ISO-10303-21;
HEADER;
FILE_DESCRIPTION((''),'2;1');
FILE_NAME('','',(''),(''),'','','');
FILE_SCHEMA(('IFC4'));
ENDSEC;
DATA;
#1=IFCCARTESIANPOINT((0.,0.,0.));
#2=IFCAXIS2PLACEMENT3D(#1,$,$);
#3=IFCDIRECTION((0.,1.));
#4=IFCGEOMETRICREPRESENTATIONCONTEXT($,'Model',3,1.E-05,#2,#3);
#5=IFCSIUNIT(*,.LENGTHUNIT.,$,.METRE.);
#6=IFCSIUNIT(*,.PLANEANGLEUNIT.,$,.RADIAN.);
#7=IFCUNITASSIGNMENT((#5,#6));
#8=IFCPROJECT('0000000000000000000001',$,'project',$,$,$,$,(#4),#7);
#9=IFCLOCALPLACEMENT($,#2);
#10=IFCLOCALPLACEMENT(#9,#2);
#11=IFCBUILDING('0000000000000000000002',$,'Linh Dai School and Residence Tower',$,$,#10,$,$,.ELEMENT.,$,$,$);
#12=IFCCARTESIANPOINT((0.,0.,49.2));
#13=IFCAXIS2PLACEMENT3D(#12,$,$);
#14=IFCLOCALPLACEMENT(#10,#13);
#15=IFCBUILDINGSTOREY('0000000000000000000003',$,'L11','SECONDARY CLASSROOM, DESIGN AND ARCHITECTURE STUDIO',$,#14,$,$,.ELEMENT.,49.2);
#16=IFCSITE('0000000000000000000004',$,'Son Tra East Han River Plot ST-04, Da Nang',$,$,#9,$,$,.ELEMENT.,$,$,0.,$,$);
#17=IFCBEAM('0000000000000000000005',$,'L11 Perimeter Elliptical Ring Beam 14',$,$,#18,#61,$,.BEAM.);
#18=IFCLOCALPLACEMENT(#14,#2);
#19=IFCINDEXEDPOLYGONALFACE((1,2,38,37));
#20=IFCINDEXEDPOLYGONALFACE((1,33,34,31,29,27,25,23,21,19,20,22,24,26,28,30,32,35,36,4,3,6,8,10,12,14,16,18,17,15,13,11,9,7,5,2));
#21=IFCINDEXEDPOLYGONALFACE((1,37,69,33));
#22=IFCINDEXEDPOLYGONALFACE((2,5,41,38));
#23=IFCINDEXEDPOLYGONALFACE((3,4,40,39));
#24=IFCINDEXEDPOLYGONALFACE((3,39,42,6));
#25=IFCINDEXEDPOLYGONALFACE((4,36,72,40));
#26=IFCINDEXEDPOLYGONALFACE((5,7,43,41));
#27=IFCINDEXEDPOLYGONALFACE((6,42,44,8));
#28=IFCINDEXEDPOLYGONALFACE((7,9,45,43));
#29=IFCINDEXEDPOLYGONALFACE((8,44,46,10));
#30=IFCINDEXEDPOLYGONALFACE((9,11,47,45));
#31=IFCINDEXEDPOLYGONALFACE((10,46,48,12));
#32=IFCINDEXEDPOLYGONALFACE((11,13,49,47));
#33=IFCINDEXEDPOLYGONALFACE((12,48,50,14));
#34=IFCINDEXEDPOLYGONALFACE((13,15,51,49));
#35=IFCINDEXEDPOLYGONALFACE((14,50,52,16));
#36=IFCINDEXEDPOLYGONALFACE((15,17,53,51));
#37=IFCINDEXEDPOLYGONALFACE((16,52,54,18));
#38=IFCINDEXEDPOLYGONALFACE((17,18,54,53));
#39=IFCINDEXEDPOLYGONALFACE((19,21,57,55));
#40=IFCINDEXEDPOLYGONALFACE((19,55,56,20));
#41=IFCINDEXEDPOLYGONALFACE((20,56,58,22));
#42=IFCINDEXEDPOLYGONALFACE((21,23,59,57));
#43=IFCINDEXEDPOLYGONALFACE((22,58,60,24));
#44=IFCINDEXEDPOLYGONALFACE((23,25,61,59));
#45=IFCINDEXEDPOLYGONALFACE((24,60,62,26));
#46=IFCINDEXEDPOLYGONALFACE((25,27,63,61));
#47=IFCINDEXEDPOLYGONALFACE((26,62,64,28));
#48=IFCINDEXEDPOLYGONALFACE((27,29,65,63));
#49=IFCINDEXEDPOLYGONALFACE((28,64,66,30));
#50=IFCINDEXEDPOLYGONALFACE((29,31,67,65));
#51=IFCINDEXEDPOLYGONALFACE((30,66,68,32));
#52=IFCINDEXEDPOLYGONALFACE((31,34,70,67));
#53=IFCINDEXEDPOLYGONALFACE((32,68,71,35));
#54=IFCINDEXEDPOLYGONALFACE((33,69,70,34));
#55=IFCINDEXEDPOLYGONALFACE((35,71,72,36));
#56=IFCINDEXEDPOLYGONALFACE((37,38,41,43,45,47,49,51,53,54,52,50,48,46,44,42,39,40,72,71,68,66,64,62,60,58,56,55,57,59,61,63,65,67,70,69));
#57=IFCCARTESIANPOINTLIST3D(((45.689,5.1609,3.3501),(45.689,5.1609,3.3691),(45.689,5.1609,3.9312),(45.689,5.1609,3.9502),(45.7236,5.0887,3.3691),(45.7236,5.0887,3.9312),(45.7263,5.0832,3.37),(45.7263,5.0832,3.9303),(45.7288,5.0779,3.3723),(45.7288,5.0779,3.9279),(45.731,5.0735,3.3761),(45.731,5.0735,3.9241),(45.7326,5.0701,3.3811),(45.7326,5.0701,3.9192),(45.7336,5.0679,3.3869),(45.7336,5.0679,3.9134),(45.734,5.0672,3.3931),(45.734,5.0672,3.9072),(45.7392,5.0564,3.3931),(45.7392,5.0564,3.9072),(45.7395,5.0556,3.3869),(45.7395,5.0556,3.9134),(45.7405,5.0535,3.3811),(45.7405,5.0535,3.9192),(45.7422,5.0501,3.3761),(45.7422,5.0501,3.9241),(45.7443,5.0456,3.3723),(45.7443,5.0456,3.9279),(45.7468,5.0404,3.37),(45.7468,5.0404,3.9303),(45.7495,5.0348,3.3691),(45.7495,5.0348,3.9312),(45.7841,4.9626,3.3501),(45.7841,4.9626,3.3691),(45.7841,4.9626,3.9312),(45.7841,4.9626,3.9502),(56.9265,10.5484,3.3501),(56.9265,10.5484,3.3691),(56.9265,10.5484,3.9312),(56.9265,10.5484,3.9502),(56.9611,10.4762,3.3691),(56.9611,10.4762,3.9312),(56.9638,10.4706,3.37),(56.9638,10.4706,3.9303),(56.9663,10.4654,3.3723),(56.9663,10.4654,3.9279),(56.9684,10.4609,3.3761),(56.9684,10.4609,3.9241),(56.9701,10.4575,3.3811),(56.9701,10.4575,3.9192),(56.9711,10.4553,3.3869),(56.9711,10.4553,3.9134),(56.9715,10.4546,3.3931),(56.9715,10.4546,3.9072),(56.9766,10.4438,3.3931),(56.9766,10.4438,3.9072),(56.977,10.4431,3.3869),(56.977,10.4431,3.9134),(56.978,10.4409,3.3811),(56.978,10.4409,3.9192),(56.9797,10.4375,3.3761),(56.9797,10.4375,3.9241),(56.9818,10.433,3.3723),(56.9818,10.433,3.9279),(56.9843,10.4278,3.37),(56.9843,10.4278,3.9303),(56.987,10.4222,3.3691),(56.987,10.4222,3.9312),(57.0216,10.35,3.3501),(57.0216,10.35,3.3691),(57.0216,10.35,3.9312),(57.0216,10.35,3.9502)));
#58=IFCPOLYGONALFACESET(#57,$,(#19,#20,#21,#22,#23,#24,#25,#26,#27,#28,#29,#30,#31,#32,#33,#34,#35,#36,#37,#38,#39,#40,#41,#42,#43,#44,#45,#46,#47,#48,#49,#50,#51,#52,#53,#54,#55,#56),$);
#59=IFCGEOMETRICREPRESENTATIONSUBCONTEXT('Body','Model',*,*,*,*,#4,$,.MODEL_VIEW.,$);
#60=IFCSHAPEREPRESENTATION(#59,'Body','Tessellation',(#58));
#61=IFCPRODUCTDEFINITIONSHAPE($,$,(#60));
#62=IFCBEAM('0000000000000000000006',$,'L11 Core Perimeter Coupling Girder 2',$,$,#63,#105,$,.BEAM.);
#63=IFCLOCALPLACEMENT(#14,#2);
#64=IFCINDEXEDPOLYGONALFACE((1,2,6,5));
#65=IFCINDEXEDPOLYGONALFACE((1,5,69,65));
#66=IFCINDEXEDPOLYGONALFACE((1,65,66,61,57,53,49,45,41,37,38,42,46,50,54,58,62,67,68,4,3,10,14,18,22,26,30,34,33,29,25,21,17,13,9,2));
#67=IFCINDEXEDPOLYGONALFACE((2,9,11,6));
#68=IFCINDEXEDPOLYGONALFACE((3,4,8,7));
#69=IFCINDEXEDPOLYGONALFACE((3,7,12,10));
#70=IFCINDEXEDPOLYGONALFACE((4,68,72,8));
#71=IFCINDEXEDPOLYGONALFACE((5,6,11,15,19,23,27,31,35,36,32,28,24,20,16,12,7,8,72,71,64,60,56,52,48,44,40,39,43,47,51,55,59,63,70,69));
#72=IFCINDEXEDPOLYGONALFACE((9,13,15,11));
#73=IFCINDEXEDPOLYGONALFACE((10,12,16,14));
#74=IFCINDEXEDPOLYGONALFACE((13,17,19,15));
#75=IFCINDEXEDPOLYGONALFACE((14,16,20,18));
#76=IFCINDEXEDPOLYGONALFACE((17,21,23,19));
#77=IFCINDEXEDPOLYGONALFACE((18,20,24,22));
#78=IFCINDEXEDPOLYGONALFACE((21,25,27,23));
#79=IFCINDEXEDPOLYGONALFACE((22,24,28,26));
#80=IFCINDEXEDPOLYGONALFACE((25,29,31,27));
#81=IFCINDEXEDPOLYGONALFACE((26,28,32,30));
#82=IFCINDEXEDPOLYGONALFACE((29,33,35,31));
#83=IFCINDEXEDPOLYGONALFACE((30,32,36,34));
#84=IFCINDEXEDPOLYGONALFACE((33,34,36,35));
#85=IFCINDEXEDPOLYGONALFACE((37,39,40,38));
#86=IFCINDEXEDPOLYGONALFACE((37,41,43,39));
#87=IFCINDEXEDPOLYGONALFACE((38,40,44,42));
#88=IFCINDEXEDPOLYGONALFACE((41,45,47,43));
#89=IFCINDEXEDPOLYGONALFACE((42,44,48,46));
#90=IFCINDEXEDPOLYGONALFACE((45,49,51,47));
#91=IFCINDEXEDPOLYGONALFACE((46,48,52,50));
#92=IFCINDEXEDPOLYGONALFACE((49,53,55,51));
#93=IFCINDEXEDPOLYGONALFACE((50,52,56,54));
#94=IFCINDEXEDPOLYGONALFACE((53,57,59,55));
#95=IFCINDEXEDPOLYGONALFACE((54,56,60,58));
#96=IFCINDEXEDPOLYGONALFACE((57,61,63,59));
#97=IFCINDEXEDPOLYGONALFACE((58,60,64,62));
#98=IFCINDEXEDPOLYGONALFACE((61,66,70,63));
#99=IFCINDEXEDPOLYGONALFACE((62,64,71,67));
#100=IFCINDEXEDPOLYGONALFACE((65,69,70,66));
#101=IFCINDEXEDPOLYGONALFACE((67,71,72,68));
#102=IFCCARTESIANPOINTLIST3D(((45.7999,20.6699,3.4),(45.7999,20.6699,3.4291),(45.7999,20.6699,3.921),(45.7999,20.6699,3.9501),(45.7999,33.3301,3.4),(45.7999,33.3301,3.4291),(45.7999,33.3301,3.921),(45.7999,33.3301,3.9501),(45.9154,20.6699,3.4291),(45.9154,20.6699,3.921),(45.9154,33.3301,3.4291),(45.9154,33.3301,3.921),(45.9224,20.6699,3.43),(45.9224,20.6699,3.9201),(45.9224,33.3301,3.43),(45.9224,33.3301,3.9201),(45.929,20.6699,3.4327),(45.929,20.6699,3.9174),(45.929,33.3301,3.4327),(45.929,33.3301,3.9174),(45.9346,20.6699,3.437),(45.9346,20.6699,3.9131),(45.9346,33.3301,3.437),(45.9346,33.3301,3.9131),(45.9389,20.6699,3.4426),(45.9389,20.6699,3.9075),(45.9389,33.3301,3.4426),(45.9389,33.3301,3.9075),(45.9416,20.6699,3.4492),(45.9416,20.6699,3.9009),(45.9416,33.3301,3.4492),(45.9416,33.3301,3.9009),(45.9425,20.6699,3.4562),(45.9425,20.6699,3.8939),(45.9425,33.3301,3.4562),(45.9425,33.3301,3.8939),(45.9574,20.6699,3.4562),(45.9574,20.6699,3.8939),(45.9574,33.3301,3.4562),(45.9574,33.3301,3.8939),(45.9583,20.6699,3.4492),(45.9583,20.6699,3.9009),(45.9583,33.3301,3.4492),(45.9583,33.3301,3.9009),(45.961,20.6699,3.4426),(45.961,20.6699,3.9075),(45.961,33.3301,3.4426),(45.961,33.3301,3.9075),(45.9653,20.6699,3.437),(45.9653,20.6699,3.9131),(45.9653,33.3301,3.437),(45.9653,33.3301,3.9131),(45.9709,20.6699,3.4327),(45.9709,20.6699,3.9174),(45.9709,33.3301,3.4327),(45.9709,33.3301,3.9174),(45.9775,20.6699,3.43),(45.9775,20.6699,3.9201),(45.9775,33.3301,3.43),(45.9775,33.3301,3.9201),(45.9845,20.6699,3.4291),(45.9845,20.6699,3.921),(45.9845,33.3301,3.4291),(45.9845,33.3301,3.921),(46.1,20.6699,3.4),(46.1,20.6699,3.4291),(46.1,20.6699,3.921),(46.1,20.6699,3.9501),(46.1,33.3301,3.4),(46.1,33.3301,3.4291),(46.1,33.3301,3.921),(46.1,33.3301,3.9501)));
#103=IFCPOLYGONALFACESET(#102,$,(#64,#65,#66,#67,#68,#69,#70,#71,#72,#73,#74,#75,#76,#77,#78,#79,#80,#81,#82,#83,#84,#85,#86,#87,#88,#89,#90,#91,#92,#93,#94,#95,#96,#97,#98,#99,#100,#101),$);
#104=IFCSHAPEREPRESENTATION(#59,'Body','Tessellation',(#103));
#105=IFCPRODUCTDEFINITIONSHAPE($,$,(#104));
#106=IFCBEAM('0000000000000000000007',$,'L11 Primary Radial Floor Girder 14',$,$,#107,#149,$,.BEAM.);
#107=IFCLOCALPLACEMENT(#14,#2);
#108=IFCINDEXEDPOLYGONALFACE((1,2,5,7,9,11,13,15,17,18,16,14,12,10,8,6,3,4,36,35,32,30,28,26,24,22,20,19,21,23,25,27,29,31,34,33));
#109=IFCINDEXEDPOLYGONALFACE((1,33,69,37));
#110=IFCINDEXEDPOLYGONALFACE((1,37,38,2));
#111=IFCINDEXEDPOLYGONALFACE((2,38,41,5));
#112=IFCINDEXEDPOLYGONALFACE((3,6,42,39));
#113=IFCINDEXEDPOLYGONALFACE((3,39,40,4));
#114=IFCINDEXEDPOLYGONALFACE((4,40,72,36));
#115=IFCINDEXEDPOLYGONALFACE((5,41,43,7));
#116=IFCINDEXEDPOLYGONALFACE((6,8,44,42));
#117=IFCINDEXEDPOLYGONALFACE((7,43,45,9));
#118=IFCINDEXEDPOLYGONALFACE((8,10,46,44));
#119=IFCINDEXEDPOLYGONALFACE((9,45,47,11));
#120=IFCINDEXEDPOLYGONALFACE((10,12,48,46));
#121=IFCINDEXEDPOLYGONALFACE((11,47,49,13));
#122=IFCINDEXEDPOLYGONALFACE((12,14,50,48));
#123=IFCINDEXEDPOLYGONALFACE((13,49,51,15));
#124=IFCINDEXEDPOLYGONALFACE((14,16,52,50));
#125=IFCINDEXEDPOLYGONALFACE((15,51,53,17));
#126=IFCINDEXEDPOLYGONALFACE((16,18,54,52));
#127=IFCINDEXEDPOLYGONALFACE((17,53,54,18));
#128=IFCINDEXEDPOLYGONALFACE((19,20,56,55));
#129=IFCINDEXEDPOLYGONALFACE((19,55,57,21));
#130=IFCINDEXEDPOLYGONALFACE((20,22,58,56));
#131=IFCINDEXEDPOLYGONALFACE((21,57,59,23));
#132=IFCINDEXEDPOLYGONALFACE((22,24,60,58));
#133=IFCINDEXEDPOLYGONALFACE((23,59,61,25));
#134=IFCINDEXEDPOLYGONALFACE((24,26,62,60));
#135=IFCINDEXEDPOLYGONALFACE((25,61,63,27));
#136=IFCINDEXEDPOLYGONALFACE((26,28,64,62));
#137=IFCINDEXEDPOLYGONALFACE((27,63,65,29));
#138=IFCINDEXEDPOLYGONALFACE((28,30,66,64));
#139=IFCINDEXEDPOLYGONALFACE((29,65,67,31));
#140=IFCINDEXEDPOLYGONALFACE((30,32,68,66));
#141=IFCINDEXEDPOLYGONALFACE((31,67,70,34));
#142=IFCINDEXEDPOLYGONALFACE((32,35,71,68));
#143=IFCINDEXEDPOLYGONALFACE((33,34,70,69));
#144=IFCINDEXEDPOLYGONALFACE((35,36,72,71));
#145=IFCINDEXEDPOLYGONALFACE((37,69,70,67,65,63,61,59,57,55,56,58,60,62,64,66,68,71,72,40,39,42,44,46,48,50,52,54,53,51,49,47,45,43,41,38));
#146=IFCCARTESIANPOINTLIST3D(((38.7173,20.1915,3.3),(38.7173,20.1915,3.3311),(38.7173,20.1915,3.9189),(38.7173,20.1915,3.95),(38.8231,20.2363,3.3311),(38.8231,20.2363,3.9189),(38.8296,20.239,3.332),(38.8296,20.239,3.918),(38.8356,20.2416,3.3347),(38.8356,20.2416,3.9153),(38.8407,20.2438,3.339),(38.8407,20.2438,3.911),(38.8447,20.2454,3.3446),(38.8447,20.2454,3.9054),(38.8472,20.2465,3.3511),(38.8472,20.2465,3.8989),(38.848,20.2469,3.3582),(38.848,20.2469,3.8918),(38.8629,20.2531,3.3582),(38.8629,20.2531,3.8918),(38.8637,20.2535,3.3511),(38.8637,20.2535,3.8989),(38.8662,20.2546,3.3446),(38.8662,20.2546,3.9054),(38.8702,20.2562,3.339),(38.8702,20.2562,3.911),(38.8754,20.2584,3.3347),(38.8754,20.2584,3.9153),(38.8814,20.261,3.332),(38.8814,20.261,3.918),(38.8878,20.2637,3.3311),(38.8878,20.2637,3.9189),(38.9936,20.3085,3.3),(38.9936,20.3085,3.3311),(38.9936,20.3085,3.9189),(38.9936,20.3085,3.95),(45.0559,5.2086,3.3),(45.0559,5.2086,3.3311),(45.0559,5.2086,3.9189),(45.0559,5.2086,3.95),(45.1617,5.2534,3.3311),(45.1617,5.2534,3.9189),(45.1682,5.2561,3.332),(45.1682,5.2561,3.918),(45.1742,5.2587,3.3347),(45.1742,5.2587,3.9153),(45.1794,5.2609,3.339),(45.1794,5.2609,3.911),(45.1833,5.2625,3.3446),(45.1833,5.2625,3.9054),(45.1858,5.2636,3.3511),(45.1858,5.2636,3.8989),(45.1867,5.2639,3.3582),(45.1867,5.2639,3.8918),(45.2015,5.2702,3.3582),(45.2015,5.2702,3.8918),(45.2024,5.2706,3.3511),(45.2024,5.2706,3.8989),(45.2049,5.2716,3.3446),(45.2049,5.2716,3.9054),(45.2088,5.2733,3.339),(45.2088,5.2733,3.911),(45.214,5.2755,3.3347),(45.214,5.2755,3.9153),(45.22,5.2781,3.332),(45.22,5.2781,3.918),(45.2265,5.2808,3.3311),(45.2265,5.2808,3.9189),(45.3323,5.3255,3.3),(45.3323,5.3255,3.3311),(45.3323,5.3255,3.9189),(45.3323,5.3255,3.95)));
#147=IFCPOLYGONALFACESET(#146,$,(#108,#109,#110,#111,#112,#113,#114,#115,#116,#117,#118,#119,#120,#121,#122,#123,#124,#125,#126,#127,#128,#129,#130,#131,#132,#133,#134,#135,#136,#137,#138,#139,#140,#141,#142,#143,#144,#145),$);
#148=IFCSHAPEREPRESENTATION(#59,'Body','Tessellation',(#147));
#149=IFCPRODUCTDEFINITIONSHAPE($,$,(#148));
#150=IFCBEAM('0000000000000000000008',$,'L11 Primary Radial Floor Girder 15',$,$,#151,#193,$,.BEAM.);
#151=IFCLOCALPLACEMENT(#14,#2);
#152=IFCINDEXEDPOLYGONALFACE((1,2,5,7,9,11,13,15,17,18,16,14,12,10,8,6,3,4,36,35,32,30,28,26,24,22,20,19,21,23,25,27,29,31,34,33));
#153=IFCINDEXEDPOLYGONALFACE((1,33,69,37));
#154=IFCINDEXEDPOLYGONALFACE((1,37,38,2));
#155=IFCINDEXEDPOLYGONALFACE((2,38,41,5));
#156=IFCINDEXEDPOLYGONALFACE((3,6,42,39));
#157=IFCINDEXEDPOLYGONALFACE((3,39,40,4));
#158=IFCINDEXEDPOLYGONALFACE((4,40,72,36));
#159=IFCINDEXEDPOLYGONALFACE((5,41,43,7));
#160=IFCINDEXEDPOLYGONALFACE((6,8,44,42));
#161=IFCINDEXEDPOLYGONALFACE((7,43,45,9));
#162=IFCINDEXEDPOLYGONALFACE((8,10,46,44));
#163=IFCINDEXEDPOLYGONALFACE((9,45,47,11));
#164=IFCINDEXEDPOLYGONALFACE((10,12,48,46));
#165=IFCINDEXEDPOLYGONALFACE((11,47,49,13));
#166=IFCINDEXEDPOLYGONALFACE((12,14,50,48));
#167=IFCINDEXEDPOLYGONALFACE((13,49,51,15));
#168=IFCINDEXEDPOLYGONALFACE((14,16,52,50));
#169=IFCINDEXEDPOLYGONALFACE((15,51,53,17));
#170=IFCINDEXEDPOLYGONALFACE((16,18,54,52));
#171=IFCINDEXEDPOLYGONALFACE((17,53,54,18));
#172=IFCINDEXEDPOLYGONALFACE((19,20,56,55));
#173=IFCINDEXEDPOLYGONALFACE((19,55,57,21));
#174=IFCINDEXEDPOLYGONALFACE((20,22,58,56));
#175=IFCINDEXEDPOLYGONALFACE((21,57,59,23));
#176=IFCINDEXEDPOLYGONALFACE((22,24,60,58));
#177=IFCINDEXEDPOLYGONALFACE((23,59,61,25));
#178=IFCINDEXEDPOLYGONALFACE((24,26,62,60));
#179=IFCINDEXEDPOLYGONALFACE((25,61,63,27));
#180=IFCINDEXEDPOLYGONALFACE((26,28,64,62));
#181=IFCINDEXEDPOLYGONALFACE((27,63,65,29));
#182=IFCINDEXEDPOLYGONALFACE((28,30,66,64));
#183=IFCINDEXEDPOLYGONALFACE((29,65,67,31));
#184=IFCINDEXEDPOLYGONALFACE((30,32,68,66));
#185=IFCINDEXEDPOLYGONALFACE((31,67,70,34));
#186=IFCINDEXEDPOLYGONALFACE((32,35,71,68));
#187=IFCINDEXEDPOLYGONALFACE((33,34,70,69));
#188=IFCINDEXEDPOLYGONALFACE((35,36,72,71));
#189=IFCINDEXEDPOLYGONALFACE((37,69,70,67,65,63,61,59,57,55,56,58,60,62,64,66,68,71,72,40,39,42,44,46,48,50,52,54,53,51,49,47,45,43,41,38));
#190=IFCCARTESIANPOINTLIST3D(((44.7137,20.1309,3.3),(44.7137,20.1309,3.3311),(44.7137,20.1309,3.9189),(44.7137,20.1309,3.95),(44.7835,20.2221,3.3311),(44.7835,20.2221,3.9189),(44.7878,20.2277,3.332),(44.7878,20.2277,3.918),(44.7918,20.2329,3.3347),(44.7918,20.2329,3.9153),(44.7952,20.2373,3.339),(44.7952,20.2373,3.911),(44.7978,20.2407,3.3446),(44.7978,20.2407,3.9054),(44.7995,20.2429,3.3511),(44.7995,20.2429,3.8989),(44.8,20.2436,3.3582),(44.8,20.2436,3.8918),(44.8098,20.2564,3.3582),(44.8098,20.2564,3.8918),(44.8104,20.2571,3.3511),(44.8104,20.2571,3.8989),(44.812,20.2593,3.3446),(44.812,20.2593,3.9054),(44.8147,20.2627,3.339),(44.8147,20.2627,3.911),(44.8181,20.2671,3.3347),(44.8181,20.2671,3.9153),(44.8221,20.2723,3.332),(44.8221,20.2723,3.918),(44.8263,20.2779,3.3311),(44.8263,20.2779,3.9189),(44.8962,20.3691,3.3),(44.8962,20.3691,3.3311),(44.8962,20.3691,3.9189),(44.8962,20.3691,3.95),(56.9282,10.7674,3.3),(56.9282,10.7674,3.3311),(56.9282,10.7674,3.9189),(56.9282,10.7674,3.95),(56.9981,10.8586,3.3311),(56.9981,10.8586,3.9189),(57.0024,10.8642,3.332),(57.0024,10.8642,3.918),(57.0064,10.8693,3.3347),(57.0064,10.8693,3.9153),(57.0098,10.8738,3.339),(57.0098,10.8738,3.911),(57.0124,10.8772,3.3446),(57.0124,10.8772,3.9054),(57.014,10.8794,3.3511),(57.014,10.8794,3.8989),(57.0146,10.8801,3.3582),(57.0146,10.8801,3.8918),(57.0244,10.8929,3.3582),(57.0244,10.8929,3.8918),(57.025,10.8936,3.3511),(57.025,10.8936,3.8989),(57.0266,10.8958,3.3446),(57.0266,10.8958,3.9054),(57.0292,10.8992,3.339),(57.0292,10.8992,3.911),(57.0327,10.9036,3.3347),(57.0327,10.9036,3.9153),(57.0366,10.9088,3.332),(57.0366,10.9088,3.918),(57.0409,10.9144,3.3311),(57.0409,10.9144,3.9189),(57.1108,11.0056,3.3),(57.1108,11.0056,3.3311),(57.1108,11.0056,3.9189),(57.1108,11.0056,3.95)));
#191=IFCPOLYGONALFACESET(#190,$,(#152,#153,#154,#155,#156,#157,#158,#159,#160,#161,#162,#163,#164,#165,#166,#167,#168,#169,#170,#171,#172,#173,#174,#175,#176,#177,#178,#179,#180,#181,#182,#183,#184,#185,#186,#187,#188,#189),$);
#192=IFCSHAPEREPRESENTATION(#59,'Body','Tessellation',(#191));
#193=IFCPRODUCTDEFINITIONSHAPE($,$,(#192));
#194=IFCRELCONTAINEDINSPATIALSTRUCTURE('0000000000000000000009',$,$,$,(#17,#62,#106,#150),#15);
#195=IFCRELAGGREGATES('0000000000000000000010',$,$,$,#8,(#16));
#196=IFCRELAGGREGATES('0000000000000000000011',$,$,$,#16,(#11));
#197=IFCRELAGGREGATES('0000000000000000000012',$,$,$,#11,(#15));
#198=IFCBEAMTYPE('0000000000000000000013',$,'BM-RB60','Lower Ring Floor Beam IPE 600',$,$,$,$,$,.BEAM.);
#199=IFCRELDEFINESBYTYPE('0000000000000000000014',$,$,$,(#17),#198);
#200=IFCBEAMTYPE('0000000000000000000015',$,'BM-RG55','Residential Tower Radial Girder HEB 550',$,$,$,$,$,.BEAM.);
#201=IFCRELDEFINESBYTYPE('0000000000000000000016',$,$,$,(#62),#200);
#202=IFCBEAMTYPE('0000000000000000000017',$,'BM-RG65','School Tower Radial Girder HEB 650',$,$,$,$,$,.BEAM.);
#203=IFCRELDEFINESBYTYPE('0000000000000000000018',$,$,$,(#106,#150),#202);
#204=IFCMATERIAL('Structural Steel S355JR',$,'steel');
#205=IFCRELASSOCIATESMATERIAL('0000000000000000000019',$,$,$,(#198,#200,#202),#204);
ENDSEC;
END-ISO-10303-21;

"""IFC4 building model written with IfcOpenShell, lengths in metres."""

from ifc_helpers import new_model, si_unit, direction, frame, origin, origin_2d, place, context, subcontext, project, spatial, i_section, extrude, material, material_profile, profile_set, type_object, element, save


model = new_model("IFC4")

# Units and contexts
model_context = context("Model", 3, precision=1e-05, world=origin(), true_north=direction((0.0, 1.0)))
body_context = subcontext(model_context, "Body", "Model", "MODEL_VIEW")
ifc_project = project(units=[si_unit("LENGTHUNIT", "METRE"), si_unit("PLANEANGLEUNIT", "RADIAN")], contexts=[model_context])

# Site, building, storey
site_placement = place(None, origin())
site = spatial("IfcSite", under=ifc_project, at=site_placement, Name="Son Tra East Han River Plot ST-04, Da Nang", CompositionType="ELEMENT", RefElevation=0.0)
building_placement = place(site_placement, origin())
building = spatial("IfcBuilding", under=site, at=building_placement, Name="Linh Dai School and Residence Tower", CompositionType="ELEMENT")
storey_placement = place(building_placement, frame((0.0, 0.0, 49.2)))
storey = spatial("IfcBuildingStorey", under=building, at=storey_placement, Name="L11", Description="SECONDARY CLASSROOM, DESIGN AND ARCHITECTURE STUDIO", CompositionType="ELEMENT", Elevation=49.2)

# Shared definitions
ifc_material_1 = material(Name="Structural Steel S355JR", Category="steel")

# Beams
ifc_material_profile_1 = material_profile(ifc_material_1, i_section(OverallWidth=0.22, OverallDepth=0.6001, WebThickness=0.012, FlangeThickness=0.019, FilletRadius=0.0239, at=origin_2d()), Name="IPE 600")
ifc_profile_set_1 = profile_set([ifc_material_profile_1], Name="Structural Steel S355JR")
beam_type_1 = type_object("IfcBeamType", Name="BM-RB60", Description="Lower Ring Floor Beam IPE 600", PredefinedType="BEAM", material=ifc_profile_set_1)
beam_1_placement = place(storey_placement, frame((45.7366, 5.0618, 3.6501), z_axis=(0.901729, 0.432302, 0.0), x_axis=(-0.432302, 0.901729, 0.0)))
element("IfcBeam", 1, at=beam_1_placement, inside=storey, type_object=beam_type_1, Name="L11 Perimeter Elliptical Ring Beam 14", PredefinedType="BEAM", context=body_context, shape_type="SweptSolid", body=[
    extrude(i_section(OverallWidth=0.22, OverallDepth=0.6001, WebThickness=0.012, FlangeThickness=0.019, FilletRadius=0.0239, at=origin_2d()), origin(), (0.0, 0.0, 1.0), 12.4622),
])
ifc_material_profile_2 = material_profile(ifc_material_1, i_section(OverallWidth=0.3, OverallDepth=0.55, WebThickness=0.0149, FlangeThickness=0.0291, FilletRadius=0.0271, at=origin_2d()), Name="HEB 550")
ifc_profile_set_2 = profile_set([ifc_material_profile_2], Name="Structural Steel S355JR")
beam_type_2 = type_object("IfcBeamType", Name="BM-RG55", Description="Residential Tower Radial Girder HEB 550", PredefinedType="BEAM", material=ifc_profile_set_2)
beam_2_placement = place(storey_placement, frame((45.95, 20.6699, 3.675), z_axis=(0.0, 1.0, 0.0), x_axis=(-1.0, 0.0, 0.0)))
element("IfcBeam", 2, at=beam_2_placement, inside=storey, type_object=beam_type_2, Name="L11 Core Perimeter Coupling Girder 2", PredefinedType="BEAM", context=body_context, shape_type="SweptSolid", body=[
    extrude(i_section(OverallWidth=0.3, OverallDepth=0.55, WebThickness=0.0149, FlangeThickness=0.0291, FilletRadius=0.0271, at=origin_2d()), origin(), (0.0, 0.0, 1.0), 12.6602),
])
ifc_material_profile_3 = material_profile(ifc_material_1, i_section(OverallWidth=0.3, OverallDepth=0.6499, WebThickness=0.0161, FlangeThickness=0.031, FilletRadius=0.0271, at=origin_2d()), Name="HEB 650")
ifc_profile_set_3 = profile_set([ifc_material_profile_3], Name="Structural Steel S355JR")
beam_type_3 = type_object("IfcBeamType", Name="BM-RG65", Description="School Tower Radial Girder HEB 650", PredefinedType="BEAM", material=ifc_profile_set_3)
beam_3_placement = place(storey_placement, frame((38.8555, 20.25, 3.625), z_axis=(0.389624, -0.920974, 0.0), x_axis=(0.920974, 0.389624, 0.0)))
element("IfcBeam", 3, at=beam_3_placement, inside=storey, type_object=beam_type_3, Name="L11 Primary Radial Floor Girder 14", PredefinedType="BEAM", context=body_context, shape_type="SweptSolid", body=[
    extrude(i_section(OverallWidth=0.3, OverallDepth=0.6499, WebThickness=0.0161, FlangeThickness=0.031, FilletRadius=0.0271, at=origin_2d()), origin(), (0.0, 0.0, 1.0), 16.2686),
])
beam_4_placement = place(storey_placement, frame((44.8049, 20.25, 3.625), z_axis=(0.793638, -0.608391, 0.0), x_axis=(0.608391, 0.793638, 0.0)))
element("IfcBeam", 4, at=beam_4_placement, inside=storey, type_object=beam_type_3, Name="L11 Primary Radial Floor Girder 15", PredefinedType="BEAM", context=body_context, shape_type="SweptSolid", body=[
    extrude(i_section(OverallWidth=0.3, OverallDepth=0.6499, WebThickness=0.0161, FlangeThickness=0.031, FilletRadius=0.0271, at=origin_2d()), origin(), (0.0, 0.0, 1.0), 15.3906),
])

save(model, "model.ifc")
